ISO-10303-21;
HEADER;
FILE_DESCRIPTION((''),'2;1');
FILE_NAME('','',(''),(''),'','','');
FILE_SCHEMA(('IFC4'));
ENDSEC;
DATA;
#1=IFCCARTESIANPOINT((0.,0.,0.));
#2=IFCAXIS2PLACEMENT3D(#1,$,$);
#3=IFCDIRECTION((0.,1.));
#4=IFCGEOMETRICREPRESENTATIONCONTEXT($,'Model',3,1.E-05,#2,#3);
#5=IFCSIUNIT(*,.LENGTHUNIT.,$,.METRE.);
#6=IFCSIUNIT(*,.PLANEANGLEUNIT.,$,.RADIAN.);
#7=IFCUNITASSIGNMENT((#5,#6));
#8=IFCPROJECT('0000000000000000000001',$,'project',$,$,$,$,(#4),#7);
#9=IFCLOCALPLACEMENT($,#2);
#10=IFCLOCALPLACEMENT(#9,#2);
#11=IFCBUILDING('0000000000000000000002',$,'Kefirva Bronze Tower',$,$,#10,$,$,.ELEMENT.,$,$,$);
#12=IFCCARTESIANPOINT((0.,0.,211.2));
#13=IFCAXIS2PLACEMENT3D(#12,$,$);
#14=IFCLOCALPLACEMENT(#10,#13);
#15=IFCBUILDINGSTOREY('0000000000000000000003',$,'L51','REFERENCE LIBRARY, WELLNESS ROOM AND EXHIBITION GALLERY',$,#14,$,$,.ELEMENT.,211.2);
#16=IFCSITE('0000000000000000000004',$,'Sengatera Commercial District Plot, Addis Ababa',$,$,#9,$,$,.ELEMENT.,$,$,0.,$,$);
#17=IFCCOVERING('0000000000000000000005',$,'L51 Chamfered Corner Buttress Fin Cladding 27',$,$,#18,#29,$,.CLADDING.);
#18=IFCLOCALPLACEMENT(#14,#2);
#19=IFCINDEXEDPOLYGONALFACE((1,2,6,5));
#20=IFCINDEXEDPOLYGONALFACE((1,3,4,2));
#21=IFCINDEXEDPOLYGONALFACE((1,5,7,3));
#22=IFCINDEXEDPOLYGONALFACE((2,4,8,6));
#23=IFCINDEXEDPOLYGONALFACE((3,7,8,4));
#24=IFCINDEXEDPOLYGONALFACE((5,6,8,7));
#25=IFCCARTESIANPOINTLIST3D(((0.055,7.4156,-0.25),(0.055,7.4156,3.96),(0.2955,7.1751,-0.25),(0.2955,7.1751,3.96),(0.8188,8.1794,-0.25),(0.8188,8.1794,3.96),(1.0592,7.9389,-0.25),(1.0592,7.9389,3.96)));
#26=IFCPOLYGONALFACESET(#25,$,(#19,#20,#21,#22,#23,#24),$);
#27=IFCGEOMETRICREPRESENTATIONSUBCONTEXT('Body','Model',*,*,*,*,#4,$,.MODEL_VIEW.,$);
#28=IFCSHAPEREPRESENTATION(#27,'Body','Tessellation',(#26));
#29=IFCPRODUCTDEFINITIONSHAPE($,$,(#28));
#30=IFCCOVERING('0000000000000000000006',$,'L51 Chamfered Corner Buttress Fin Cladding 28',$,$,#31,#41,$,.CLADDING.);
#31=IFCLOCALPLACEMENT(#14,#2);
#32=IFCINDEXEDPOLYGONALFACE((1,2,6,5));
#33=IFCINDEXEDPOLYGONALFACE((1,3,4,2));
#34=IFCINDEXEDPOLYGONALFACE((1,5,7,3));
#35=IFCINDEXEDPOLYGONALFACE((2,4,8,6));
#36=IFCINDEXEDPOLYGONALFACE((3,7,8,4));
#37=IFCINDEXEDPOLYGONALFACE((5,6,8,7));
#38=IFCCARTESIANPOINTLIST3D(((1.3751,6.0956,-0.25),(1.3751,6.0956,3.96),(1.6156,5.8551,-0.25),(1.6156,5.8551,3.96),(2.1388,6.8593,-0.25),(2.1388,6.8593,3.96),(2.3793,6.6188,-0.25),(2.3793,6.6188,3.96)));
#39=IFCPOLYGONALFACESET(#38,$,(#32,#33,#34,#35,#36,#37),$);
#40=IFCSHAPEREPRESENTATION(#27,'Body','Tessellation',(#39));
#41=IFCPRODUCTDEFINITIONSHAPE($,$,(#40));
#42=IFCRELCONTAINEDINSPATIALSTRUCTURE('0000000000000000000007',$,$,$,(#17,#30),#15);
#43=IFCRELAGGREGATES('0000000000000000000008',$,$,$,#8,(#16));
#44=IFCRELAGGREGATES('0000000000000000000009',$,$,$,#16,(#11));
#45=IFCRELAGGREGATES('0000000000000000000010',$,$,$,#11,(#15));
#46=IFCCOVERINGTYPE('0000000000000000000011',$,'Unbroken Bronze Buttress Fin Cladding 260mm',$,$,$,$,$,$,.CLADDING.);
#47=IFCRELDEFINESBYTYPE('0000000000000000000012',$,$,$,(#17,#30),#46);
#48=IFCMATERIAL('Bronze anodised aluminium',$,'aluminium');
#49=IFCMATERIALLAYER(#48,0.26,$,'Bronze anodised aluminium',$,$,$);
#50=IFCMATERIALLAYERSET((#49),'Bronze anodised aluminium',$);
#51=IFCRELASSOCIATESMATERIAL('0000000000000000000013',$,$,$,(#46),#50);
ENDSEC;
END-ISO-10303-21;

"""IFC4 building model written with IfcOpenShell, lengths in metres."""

from ifc_helpers import new_model, si_unit, direction, frame, origin, origin_2d, place, context, subcontext, project, spatial, rectangle, extrude, material, layer, layer_set, type_object, element, save


model = new_model("IFC4")

# Units and contexts
model_context = context("Model", 3, precision=1e-05, world=origin(), true_north=direction((0.0, 1.0)))
body_context = subcontext(model_context, "Body", "Model", "MODEL_VIEW")
ifc_project = project(units=[si_unit("LENGTHUNIT", "METRE"), si_unit("PLANEANGLEUNIT", "RADIAN")], contexts=[model_context])

# Site, building, storey
site_placement = place(None, origin())
site = spatial("IfcSite", under=ifc_project, at=site_placement, Name="Sengatera Commercial District Plot, Addis Ababa", CompositionType="ELEMENT", RefElevation=0.0)
building_placement = place(site_placement, origin())
building = spatial("IfcBuilding", under=site, at=building_placement, Name="Kefirva Bronze Tower", CompositionType="ELEMENT")
storey_placement = place(building_placement, frame((0.0, 0.0, 211.2)))
storey = spatial("IfcBuildingStorey", under=building, at=storey_placement, Name="L51", Description="REFERENCE LIBRARY, WELLNESS ROOM AND EXHIBITION GALLERY", CompositionType="ELEMENT", Elevation=211.2)

# Shared definitions
ifc_material_1 = material(Name="Bronze anodised aluminium", Category="aluminium")

# Coverings
ifc_layer_1 = layer(ifc_material_1, 0.26, Name="Bronze anodised aluminium")
ifc_layer_set_1 = layer_set([ifc_layer_1], Name="Bronze anodised aluminium")
covering_type_1 = type_object("IfcCoveringType", Name="Unbroken Bronze Buttress Fin Cladding 260mm", PredefinedType="CLADDING", material=ifc_layer_set_1)
for number, where, z_axis, x_axis, name in (
    (1, (0.5571, 7.6772, -0.25), (0.0, 0.0, 1.0), (0.707107, -0.707107, 0.0), "L51 Chamfered Corner Buttress Fin Cladding 27"),
    (2, (1.8772, 6.3572, -0.25), (0.0, 0.0, 1.0), (0.707107, -0.707107, 0.0), "L51 Chamfered Corner Buttress Fin Cladding 28"),
):
    element("IfcCovering", number, at=place(storey_placement, frame(where, z_axis=z_axis, x_axis=x_axis)), inside=storey, type_object=covering_type_1, Name=name, PredefinedType="CLADDING", context=body_context, shape_type="SweptSolid", body=[
        extrude(rectangle(XDim=0.3401, YDim=1.0801, at=origin_2d()), origin(), (0.0, 0.0, 1.0), 4.21),
    ])

save(model, "model.ifc")
